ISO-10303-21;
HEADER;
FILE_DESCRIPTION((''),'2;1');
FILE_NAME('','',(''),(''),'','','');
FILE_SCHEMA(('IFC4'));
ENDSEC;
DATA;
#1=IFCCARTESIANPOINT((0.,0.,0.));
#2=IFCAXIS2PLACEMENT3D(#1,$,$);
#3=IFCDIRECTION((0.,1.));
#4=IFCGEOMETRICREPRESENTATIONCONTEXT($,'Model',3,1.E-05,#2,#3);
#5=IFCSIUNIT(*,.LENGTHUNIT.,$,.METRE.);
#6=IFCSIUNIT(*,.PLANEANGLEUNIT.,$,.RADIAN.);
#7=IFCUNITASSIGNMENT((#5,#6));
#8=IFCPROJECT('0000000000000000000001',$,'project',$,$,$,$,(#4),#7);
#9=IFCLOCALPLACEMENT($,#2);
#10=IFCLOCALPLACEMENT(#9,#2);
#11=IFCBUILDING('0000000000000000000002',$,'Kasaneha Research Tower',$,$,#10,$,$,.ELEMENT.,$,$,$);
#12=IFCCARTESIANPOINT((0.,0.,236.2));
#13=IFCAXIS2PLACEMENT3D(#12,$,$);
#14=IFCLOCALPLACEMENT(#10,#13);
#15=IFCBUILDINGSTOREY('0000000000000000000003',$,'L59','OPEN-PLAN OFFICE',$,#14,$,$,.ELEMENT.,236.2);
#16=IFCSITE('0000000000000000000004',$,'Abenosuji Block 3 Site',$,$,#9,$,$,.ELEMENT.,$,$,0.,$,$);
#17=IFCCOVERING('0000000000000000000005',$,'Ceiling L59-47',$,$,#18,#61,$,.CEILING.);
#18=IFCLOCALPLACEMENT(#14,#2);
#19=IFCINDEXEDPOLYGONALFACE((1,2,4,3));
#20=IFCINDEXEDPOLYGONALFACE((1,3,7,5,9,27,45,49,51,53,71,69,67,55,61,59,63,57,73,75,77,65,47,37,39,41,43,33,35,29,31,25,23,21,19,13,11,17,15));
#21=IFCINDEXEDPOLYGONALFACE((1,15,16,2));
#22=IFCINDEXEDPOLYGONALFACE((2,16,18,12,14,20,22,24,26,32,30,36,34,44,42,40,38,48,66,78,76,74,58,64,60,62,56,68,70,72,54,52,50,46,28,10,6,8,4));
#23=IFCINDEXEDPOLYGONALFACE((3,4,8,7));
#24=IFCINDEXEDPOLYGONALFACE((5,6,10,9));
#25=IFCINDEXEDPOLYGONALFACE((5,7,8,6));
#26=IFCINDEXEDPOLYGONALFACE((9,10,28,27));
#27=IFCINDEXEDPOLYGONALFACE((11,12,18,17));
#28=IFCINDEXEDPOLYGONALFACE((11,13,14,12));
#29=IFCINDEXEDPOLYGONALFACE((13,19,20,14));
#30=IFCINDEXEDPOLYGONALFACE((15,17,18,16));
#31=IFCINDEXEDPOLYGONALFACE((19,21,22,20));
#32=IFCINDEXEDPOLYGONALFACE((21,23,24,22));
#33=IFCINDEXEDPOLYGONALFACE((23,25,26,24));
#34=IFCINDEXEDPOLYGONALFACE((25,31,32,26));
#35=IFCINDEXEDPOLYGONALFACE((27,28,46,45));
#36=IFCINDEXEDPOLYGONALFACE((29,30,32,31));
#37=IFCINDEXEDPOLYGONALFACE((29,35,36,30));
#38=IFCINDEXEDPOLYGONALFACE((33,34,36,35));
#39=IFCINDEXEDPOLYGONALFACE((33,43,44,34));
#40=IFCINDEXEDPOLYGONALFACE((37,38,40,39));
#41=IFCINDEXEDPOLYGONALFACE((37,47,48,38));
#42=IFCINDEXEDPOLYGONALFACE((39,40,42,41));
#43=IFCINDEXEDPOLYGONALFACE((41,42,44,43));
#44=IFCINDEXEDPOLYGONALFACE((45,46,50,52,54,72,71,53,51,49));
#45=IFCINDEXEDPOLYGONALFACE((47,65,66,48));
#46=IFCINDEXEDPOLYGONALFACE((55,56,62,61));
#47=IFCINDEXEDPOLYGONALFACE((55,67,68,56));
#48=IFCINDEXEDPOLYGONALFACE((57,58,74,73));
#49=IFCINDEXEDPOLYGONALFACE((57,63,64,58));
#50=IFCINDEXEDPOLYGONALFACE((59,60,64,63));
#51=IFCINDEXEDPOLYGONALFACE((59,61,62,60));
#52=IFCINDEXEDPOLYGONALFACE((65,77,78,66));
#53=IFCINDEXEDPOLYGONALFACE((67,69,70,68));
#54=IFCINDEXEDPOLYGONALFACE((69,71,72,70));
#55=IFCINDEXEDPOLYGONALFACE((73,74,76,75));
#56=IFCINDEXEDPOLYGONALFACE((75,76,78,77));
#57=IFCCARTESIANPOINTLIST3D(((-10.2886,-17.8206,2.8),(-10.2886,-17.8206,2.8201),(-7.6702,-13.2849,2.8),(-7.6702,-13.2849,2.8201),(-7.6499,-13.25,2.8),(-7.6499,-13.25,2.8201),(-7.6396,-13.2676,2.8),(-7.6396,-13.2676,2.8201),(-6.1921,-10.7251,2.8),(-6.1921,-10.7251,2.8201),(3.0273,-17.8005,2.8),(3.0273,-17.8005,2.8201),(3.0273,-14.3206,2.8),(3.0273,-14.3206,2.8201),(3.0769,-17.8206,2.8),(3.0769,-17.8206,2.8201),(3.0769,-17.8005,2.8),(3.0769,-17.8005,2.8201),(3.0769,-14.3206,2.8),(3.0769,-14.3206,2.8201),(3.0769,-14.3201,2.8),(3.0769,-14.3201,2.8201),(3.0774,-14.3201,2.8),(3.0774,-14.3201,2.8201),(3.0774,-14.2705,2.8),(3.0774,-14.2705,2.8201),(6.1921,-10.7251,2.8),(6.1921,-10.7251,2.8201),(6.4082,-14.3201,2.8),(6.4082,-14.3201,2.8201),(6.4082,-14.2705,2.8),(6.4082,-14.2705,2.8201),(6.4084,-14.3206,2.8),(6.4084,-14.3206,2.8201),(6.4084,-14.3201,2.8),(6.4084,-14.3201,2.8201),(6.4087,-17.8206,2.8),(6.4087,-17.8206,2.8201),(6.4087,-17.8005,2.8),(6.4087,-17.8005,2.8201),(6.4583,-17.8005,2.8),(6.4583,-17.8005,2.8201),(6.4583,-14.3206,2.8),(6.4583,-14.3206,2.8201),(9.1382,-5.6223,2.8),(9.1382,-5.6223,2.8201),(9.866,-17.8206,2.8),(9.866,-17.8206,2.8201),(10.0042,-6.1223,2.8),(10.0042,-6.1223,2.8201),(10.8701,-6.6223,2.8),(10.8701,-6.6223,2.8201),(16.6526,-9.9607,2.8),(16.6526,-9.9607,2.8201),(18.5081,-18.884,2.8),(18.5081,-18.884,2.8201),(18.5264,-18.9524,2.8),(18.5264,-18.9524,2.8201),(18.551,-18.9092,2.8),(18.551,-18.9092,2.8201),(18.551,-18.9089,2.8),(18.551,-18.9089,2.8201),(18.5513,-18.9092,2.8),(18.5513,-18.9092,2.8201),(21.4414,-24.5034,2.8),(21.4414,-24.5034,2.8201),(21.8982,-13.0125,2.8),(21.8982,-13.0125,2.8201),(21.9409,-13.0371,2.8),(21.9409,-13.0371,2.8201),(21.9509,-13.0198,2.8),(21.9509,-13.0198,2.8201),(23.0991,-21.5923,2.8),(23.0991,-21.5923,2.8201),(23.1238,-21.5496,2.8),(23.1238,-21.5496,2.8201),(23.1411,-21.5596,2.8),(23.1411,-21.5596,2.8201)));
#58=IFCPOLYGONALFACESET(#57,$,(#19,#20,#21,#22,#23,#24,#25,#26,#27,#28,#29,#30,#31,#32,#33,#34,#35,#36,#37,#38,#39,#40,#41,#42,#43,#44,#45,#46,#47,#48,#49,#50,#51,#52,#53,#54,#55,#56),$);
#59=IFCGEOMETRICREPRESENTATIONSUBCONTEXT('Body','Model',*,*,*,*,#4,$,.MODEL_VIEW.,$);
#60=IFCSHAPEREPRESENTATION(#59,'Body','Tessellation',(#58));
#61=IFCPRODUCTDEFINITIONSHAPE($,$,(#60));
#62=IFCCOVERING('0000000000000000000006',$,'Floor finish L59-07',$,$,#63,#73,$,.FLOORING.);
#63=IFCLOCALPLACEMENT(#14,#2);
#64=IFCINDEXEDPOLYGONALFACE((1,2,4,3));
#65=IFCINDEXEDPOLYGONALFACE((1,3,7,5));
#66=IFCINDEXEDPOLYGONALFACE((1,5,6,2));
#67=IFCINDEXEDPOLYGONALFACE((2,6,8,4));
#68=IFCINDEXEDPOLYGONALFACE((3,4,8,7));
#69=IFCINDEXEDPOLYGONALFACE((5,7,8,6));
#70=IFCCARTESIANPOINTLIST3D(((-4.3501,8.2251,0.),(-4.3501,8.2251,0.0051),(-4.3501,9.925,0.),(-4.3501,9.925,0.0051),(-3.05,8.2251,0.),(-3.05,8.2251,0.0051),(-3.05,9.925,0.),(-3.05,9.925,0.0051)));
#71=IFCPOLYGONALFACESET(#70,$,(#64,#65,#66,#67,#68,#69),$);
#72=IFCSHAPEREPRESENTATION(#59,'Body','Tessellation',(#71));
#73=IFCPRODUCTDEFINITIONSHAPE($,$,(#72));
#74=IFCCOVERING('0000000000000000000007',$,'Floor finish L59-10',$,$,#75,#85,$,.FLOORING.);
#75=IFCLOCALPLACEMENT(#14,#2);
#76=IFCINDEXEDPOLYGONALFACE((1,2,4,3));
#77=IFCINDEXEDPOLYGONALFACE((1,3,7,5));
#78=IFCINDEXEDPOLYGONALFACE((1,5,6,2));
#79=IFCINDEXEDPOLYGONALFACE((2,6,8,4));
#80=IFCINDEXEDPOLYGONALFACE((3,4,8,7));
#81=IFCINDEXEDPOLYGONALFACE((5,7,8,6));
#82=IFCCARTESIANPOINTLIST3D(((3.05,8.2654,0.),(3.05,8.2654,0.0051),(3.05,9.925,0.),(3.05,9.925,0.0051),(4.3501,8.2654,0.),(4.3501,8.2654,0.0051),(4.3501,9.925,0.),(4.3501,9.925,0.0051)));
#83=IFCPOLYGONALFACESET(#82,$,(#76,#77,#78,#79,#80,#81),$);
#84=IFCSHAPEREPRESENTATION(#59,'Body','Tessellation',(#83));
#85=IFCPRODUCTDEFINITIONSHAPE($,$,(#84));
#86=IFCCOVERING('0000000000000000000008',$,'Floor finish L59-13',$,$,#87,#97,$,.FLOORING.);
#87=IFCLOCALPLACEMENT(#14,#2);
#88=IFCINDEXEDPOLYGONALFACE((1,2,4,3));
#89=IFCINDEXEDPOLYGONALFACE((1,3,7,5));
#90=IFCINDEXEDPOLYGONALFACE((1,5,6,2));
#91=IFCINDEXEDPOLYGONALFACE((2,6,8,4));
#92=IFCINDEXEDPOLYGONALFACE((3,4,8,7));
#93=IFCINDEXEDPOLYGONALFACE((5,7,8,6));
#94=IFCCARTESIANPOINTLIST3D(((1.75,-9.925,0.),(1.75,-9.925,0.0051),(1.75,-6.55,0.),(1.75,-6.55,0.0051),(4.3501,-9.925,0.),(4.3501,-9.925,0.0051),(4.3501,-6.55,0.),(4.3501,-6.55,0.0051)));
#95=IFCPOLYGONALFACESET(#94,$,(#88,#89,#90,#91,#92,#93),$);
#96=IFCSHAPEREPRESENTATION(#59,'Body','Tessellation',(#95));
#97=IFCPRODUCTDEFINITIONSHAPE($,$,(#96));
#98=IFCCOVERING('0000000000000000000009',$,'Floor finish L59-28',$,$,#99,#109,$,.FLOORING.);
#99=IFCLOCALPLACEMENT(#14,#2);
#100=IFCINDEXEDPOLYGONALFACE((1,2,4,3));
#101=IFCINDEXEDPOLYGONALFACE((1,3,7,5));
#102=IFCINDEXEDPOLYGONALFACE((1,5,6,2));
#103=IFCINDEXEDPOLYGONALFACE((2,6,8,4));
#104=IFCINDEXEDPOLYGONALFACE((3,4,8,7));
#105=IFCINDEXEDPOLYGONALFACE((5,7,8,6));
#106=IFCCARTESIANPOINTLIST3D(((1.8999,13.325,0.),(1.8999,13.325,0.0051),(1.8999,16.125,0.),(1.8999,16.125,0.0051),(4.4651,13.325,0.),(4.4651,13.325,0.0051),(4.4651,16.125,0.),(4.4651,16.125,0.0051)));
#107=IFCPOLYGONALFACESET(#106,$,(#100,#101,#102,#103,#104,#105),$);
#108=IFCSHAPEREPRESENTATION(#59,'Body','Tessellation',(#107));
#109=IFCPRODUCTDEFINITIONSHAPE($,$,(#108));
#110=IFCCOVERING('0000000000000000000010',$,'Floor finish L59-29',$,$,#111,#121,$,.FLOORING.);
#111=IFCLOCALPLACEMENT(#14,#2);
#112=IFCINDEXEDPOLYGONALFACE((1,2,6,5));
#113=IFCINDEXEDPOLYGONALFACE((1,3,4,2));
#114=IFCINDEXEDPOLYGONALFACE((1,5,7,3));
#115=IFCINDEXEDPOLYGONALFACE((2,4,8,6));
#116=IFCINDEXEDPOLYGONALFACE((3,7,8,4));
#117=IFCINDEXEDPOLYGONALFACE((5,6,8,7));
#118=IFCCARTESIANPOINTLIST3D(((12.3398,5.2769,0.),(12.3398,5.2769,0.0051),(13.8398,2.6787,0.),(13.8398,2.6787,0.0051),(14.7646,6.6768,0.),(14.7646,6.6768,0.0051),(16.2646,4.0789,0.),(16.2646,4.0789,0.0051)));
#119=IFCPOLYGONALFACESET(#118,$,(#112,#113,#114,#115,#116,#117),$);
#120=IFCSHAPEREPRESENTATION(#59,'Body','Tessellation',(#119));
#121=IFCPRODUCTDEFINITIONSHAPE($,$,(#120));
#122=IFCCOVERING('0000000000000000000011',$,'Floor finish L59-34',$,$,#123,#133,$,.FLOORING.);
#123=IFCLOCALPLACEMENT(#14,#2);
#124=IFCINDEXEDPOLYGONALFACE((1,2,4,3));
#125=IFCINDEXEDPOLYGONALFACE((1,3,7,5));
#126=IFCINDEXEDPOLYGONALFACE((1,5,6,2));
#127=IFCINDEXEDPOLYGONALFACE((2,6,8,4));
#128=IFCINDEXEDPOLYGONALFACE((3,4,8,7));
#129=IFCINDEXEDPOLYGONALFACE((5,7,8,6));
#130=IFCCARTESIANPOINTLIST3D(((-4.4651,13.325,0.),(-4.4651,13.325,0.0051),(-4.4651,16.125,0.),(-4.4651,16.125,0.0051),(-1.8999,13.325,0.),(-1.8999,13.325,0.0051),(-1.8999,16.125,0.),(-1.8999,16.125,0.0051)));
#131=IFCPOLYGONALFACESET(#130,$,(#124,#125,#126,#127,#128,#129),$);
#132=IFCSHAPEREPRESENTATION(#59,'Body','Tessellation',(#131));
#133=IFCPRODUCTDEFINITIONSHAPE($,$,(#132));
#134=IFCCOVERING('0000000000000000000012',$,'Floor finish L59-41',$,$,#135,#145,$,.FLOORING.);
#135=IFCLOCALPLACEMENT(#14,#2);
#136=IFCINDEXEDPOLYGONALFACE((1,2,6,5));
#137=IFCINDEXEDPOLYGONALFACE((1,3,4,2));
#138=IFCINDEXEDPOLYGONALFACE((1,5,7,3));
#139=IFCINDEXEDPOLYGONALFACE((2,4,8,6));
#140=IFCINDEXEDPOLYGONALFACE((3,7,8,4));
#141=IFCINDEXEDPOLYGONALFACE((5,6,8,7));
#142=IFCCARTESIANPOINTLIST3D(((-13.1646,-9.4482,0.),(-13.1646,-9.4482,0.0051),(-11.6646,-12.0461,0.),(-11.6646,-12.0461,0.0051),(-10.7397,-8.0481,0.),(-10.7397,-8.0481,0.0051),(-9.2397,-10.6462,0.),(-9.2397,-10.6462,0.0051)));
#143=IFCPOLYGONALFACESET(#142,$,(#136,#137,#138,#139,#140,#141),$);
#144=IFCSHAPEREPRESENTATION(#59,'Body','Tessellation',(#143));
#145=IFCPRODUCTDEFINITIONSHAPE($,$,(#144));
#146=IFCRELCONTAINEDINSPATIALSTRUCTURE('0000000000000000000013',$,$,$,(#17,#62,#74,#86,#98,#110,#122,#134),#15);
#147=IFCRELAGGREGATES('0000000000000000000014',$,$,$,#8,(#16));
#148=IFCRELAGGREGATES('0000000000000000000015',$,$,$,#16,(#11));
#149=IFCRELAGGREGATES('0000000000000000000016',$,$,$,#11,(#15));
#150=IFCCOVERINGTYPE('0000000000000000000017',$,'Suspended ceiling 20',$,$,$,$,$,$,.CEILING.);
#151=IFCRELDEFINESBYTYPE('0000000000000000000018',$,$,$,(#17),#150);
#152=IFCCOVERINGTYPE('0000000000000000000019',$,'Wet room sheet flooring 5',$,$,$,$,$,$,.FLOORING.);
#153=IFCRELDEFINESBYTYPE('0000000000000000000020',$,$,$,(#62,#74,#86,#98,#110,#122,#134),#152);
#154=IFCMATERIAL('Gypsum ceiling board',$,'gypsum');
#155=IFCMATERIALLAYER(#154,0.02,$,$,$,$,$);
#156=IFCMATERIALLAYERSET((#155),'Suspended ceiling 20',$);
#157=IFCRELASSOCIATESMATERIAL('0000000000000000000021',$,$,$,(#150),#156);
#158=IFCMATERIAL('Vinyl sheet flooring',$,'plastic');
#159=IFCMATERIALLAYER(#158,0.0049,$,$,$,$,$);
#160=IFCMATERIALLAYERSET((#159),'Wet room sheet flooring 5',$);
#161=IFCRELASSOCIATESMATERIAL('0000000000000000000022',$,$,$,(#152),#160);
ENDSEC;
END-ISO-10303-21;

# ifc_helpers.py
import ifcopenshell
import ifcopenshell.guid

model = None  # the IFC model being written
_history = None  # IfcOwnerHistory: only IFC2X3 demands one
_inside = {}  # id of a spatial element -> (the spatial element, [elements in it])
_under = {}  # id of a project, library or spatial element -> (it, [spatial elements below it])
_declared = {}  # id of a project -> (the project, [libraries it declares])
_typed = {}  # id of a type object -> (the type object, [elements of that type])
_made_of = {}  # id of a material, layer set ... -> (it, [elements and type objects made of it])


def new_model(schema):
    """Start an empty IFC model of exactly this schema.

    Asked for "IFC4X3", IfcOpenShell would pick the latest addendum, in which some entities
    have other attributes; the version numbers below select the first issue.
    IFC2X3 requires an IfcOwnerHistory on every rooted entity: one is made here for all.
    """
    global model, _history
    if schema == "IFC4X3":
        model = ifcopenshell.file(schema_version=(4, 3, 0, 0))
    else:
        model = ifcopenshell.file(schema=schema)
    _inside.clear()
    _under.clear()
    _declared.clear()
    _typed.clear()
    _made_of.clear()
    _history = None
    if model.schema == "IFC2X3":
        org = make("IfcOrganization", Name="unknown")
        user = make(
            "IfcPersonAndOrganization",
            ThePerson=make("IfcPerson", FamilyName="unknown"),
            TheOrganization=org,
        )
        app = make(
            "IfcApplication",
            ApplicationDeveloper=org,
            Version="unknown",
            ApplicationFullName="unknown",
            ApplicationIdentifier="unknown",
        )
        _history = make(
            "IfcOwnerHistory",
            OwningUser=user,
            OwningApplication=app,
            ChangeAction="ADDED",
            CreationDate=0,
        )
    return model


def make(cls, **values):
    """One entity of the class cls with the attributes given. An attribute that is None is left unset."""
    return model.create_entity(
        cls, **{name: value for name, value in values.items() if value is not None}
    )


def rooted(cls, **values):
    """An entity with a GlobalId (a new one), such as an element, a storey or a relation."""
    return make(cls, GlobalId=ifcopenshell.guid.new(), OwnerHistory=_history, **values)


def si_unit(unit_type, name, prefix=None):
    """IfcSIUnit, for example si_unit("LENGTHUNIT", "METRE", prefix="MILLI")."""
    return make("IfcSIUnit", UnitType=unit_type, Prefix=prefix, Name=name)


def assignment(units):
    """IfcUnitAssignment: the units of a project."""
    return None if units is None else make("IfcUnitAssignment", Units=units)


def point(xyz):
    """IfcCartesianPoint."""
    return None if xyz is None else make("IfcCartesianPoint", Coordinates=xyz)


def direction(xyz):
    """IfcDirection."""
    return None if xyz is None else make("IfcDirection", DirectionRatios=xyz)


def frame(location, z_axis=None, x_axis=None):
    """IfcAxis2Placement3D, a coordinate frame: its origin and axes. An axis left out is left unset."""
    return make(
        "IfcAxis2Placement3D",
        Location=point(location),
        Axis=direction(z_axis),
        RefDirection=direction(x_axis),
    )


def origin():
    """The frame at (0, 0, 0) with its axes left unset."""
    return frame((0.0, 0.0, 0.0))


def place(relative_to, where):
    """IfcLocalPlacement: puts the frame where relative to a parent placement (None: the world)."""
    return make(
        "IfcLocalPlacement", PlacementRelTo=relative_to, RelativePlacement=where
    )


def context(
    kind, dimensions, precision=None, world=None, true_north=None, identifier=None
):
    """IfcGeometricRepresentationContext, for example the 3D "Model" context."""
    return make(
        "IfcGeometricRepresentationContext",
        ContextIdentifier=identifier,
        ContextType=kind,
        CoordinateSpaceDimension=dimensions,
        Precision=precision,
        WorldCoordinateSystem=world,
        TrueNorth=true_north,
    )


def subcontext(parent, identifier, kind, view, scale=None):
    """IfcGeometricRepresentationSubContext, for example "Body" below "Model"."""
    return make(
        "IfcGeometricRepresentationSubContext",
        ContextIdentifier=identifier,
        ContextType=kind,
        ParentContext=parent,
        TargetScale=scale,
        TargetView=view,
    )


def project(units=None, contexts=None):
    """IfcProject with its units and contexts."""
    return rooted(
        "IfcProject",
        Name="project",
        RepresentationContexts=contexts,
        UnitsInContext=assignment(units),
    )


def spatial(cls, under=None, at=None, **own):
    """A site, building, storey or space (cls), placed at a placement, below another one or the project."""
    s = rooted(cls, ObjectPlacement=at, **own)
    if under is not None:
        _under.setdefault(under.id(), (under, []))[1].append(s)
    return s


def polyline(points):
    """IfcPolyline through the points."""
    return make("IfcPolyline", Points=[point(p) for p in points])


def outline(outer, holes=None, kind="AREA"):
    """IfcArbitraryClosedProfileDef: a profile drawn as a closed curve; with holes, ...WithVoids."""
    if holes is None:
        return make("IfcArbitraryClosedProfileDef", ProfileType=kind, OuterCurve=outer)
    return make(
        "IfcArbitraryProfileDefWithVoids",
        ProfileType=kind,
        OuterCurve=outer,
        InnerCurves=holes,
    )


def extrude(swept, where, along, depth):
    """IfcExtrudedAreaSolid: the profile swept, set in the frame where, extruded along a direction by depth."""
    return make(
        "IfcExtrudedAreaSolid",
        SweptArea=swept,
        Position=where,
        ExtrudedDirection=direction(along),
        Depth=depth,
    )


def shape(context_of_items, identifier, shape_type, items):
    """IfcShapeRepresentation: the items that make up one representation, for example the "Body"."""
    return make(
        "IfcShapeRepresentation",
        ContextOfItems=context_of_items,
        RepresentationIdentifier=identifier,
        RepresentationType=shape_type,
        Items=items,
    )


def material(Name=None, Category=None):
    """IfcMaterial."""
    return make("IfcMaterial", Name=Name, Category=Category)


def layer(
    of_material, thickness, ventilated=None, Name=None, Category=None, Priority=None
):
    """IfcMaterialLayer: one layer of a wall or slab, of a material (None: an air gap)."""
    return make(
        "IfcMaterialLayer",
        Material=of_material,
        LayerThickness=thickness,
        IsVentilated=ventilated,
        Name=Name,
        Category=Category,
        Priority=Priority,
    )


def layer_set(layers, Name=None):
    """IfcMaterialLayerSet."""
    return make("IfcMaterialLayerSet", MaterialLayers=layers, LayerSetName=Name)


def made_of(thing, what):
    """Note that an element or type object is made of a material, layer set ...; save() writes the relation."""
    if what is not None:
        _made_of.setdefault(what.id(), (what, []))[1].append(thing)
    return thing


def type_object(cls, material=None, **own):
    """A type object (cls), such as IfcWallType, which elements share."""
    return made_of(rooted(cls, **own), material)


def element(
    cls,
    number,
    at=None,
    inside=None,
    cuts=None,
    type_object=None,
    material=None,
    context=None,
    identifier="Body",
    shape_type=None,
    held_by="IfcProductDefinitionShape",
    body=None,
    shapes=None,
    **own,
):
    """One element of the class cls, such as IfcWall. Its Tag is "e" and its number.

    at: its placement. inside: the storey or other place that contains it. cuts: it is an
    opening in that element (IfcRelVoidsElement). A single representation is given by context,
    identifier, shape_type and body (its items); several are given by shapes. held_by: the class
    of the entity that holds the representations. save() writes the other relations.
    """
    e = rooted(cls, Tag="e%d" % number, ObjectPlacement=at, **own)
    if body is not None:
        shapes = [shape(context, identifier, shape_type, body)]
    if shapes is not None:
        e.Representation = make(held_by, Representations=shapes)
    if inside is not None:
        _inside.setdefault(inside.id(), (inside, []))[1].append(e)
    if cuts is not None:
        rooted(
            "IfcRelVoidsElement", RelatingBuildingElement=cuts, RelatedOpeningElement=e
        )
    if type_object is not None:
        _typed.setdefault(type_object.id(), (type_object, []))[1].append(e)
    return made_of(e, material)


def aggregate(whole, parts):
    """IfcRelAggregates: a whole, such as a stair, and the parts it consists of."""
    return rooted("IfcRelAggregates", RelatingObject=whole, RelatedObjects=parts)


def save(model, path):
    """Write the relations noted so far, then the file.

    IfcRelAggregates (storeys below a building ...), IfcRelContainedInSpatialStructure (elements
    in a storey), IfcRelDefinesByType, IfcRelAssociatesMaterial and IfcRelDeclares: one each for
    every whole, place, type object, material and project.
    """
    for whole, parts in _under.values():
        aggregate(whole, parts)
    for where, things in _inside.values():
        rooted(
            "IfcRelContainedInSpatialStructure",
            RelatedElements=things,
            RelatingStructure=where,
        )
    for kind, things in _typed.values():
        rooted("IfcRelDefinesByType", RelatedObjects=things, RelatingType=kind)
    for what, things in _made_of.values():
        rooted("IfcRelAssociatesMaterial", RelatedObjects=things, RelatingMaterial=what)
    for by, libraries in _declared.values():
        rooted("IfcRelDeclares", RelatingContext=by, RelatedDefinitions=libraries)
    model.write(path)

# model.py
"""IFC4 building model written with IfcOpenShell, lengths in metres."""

from ifc_helpers import new_model, si_unit, direction, frame, origin, place, context, subcontext, project, spatial, polyline, outline, extrude, material, layer, layer_set, type_object, element, save


model = new_model("IFC4")

# Units and contexts
model_context = context("Model", 3, precision=1e-05, world=origin(), true_north=direction((0.0, 1.0)))
body_context = subcontext(model_context, "Body", "Model", "MODEL_VIEW")
ifc_project = project(units=[si_unit("LENGTHUNIT", "METRE"), si_unit("PLANEANGLEUNIT", "RADIAN")], contexts=[model_context])

# Site, building, storey
site_placement = place(None, origin())
site = spatial("IfcSite", under=ifc_project, at=site_placement, Name="Abenosuji Block 3 Site", CompositionType="ELEMENT", RefElevation=0.0)
building_placement = place(site_placement, origin())
building = spatial("IfcBuilding", under=site, at=building_placement, Name="Kasaneha Research Tower", CompositionType="ELEMENT")
storey_placement = place(building_placement, frame((0.0, 0.0, 236.2)))
storey = spatial("IfcBuildingStorey", under=building, at=storey_placement, Name="L59", Description="OPEN-PLAN OFFICE", CompositionType="ELEMENT", Elevation=236.2)

# Coverings
ifc_material_1 = material(Name="Gypsum ceiling board", Category="gypsum")
ifc_layer_1 = layer(ifc_material_1, 0.02)
ifc_layer_set_1 = layer_set([ifc_layer_1], Name="Suspended ceiling 20")
covering_type_1 = type_object("IfcCoveringType", Name="Suspended ceiling 20", PredefinedType="CEILING", material=ifc_layer_set_1)
covering_1_placement = place(storey_placement, frame((0.0, 0.0, 2.8)))
element("IfcCovering", 1, at=covering_1_placement, inside=storey, type_object=covering_type_1, Name="Ceiling L59-47", PredefinedType="CEILING", context=body_context, shape_type="SweptSolid", body=[
    extrude(outline(polyline([(6.1921, -10.7251), (9.1382, -5.6223), (10.0042, -6.1223), (10.0042, -6.1223), (10.8701, -6.6223), (10.8701, -6.6223), (16.6526, -9.9607), (21.9509, -13.0198), (21.9409, -13.0371), (21.8982, -13.0125), (18.5081, -18.884), (18.551, -18.9089), (18.551, -18.9092), (18.5513, -18.9092), (18.5264, -18.9524), (23.0991, -21.5923), (23.1238, -21.5496), (23.1411, -21.5596), (21.4414, -24.5034), (9.866, -17.8206), (6.4087, -17.8206), (6.4087, -17.8005), (6.4583, -17.8005), (6.4583, -14.3206), (6.4084, -14.3206), (6.4084, -14.3201), (6.4082, -14.3201), (6.4082, -14.2705), (3.0774, -14.2705), (3.0774, -14.3201), (3.0769, -14.3201), (3.0769, -14.3206), (3.0273, -14.3206), (3.0273, -17.8005), (3.0769, -17.8005), (3.0769, -17.8206), (-10.2886, -17.8206), (-7.6702, -13.2849), (-7.6396, -13.2676), (-7.6499, -13.25), (-6.1921, -10.7251), (6.1921, -10.7251)])), origin(), (0.0, 0.0, 1.0), 0.02),
])
ifc_material_2 = material(Name="Vinyl sheet flooring", Category="plastic")
ifc_layer_2 = layer(ifc_material_2, 0.0049)
ifc_layer_set_2 = layer_set([ifc_layer_2], Name="Wet room sheet flooring 5")
covering_type_2 = type_object("IfcCoveringType", Name="Wet room sheet flooring 5", PredefinedType="FLOORING", material=ifc_layer_set_2)
covering_2_placement = place(storey_placement, origin())
element("IfcCovering", 2, at=covering_2_placement, inside=storey, type_object=covering_type_2, Name="Floor finish L59-07", PredefinedType="FLOORING", context=body_context, shape_type="SweptSolid", body=[
    extrude(outline(polyline([(-4.3501, 8.2251), (-4.3501, 9.925), (-3.05, 9.925), (-3.05, 8.2251), (-4.3501, 8.2251)])), origin(), (0.0, 0.0, 1.0), 0.0051),
])
covering_3_placement = place(storey_placement, origin())
element("IfcCovering", 3, at=covering_3_placement, inside=storey, type_object=covering_type_2, Name="Floor finish L59-10", PredefinedType="FLOORING", context=body_context, shape_type="SweptSolid", body=[
    extrude(outline(polyline([(4.3501, 8.2654), (3.05, 8.2654), (3.05, 9.925), (4.3501, 9.925), (4.3501, 8.2654)])), origin(), (0.0, 0.0, 1.0), 0.0051),
])
covering_4_placement = place(storey_placement, origin())
element("IfcCovering", 4, at=covering_4_placement, inside=storey, type_object=covering_type_2, Name="Floor finish L59-13", PredefinedType="FLOORING", context=body_context, shape_type="SweptSolid", body=[
    extrude(outline(polyline([(1.75, -9.925), (1.75, -6.55), (4.3501, -6.55), (4.3501, -9.925), (1.75, -9.925)])), origin(), (0.0, 0.0, 1.0), 0.0051),
])
covering_5_placement = place(storey_placement, origin())
element("IfcCovering", 5, at=covering_5_placement, inside=storey, type_object=covering_type_2, Name="Floor finish L59-28", PredefinedType="FLOORING", context=body_context, shape_type="SweptSolid", body=[
    extrude(outline(polyline([(1.8999, 16.125), (4.4651, 16.125), (4.4651, 13.325), (1.8999, 13.325), (1.8999, 16.125)])), origin(), (0.0, 0.0, 1.0), 0.0051),
])
covering_6_placement = place(storey_placement, origin())
element("IfcCovering", 6, at=covering_6_placement, inside=storey, type_object=covering_type_2, Name="Floor finish L59-29", PredefinedType="FLOORING", context=body_context, shape_type="SweptSolid", body=[
    extrude(outline(polyline([(14.7646, 6.6768), (16.2646, 4.0789), (13.8398, 2.6787), (12.3398, 5.2769), (14.7646, 6.6768)])), origin(), (0.0, 0.0, 1.0), 0.0051),
])
covering_7_placement = place(storey_placement, origin())
element("IfcCovering", 7, at=covering_7_placement, inside=storey, type_object=covering_type_2, Name="Floor finish L59-34", PredefinedType="FLOORING", context=body_context, shape_type="SweptSolid", body=[
    extrude(outline(polyline([(-4.4651, 16.125), (-1.8999, 16.125), (-1.8999, 13.325), (-4.4651, 13.325), (-4.4651, 16.125)])), origin(), (0.0, 0.0, 1.0), 0.0051),
])
covering_8_placement = place(storey_placement, origin())
element("IfcCovering", 8, at=covering_8_placement, inside=storey, type_object=covering_type_2, Name="Floor finish L59-41", PredefinedType="FLOORING", context=body_context, shape_type="SweptSolid", body=[
    extrude(outline(polyline([(-11.6646, -12.0461), (-13.1646, -9.4482), (-10.7397, -8.0481), (-9.2397, -10.6462), (-11.6646, -12.0461)])), origin(), (0.0, 0.0, 1.0), 0.0051),
])

save(model, "model.ifc")
